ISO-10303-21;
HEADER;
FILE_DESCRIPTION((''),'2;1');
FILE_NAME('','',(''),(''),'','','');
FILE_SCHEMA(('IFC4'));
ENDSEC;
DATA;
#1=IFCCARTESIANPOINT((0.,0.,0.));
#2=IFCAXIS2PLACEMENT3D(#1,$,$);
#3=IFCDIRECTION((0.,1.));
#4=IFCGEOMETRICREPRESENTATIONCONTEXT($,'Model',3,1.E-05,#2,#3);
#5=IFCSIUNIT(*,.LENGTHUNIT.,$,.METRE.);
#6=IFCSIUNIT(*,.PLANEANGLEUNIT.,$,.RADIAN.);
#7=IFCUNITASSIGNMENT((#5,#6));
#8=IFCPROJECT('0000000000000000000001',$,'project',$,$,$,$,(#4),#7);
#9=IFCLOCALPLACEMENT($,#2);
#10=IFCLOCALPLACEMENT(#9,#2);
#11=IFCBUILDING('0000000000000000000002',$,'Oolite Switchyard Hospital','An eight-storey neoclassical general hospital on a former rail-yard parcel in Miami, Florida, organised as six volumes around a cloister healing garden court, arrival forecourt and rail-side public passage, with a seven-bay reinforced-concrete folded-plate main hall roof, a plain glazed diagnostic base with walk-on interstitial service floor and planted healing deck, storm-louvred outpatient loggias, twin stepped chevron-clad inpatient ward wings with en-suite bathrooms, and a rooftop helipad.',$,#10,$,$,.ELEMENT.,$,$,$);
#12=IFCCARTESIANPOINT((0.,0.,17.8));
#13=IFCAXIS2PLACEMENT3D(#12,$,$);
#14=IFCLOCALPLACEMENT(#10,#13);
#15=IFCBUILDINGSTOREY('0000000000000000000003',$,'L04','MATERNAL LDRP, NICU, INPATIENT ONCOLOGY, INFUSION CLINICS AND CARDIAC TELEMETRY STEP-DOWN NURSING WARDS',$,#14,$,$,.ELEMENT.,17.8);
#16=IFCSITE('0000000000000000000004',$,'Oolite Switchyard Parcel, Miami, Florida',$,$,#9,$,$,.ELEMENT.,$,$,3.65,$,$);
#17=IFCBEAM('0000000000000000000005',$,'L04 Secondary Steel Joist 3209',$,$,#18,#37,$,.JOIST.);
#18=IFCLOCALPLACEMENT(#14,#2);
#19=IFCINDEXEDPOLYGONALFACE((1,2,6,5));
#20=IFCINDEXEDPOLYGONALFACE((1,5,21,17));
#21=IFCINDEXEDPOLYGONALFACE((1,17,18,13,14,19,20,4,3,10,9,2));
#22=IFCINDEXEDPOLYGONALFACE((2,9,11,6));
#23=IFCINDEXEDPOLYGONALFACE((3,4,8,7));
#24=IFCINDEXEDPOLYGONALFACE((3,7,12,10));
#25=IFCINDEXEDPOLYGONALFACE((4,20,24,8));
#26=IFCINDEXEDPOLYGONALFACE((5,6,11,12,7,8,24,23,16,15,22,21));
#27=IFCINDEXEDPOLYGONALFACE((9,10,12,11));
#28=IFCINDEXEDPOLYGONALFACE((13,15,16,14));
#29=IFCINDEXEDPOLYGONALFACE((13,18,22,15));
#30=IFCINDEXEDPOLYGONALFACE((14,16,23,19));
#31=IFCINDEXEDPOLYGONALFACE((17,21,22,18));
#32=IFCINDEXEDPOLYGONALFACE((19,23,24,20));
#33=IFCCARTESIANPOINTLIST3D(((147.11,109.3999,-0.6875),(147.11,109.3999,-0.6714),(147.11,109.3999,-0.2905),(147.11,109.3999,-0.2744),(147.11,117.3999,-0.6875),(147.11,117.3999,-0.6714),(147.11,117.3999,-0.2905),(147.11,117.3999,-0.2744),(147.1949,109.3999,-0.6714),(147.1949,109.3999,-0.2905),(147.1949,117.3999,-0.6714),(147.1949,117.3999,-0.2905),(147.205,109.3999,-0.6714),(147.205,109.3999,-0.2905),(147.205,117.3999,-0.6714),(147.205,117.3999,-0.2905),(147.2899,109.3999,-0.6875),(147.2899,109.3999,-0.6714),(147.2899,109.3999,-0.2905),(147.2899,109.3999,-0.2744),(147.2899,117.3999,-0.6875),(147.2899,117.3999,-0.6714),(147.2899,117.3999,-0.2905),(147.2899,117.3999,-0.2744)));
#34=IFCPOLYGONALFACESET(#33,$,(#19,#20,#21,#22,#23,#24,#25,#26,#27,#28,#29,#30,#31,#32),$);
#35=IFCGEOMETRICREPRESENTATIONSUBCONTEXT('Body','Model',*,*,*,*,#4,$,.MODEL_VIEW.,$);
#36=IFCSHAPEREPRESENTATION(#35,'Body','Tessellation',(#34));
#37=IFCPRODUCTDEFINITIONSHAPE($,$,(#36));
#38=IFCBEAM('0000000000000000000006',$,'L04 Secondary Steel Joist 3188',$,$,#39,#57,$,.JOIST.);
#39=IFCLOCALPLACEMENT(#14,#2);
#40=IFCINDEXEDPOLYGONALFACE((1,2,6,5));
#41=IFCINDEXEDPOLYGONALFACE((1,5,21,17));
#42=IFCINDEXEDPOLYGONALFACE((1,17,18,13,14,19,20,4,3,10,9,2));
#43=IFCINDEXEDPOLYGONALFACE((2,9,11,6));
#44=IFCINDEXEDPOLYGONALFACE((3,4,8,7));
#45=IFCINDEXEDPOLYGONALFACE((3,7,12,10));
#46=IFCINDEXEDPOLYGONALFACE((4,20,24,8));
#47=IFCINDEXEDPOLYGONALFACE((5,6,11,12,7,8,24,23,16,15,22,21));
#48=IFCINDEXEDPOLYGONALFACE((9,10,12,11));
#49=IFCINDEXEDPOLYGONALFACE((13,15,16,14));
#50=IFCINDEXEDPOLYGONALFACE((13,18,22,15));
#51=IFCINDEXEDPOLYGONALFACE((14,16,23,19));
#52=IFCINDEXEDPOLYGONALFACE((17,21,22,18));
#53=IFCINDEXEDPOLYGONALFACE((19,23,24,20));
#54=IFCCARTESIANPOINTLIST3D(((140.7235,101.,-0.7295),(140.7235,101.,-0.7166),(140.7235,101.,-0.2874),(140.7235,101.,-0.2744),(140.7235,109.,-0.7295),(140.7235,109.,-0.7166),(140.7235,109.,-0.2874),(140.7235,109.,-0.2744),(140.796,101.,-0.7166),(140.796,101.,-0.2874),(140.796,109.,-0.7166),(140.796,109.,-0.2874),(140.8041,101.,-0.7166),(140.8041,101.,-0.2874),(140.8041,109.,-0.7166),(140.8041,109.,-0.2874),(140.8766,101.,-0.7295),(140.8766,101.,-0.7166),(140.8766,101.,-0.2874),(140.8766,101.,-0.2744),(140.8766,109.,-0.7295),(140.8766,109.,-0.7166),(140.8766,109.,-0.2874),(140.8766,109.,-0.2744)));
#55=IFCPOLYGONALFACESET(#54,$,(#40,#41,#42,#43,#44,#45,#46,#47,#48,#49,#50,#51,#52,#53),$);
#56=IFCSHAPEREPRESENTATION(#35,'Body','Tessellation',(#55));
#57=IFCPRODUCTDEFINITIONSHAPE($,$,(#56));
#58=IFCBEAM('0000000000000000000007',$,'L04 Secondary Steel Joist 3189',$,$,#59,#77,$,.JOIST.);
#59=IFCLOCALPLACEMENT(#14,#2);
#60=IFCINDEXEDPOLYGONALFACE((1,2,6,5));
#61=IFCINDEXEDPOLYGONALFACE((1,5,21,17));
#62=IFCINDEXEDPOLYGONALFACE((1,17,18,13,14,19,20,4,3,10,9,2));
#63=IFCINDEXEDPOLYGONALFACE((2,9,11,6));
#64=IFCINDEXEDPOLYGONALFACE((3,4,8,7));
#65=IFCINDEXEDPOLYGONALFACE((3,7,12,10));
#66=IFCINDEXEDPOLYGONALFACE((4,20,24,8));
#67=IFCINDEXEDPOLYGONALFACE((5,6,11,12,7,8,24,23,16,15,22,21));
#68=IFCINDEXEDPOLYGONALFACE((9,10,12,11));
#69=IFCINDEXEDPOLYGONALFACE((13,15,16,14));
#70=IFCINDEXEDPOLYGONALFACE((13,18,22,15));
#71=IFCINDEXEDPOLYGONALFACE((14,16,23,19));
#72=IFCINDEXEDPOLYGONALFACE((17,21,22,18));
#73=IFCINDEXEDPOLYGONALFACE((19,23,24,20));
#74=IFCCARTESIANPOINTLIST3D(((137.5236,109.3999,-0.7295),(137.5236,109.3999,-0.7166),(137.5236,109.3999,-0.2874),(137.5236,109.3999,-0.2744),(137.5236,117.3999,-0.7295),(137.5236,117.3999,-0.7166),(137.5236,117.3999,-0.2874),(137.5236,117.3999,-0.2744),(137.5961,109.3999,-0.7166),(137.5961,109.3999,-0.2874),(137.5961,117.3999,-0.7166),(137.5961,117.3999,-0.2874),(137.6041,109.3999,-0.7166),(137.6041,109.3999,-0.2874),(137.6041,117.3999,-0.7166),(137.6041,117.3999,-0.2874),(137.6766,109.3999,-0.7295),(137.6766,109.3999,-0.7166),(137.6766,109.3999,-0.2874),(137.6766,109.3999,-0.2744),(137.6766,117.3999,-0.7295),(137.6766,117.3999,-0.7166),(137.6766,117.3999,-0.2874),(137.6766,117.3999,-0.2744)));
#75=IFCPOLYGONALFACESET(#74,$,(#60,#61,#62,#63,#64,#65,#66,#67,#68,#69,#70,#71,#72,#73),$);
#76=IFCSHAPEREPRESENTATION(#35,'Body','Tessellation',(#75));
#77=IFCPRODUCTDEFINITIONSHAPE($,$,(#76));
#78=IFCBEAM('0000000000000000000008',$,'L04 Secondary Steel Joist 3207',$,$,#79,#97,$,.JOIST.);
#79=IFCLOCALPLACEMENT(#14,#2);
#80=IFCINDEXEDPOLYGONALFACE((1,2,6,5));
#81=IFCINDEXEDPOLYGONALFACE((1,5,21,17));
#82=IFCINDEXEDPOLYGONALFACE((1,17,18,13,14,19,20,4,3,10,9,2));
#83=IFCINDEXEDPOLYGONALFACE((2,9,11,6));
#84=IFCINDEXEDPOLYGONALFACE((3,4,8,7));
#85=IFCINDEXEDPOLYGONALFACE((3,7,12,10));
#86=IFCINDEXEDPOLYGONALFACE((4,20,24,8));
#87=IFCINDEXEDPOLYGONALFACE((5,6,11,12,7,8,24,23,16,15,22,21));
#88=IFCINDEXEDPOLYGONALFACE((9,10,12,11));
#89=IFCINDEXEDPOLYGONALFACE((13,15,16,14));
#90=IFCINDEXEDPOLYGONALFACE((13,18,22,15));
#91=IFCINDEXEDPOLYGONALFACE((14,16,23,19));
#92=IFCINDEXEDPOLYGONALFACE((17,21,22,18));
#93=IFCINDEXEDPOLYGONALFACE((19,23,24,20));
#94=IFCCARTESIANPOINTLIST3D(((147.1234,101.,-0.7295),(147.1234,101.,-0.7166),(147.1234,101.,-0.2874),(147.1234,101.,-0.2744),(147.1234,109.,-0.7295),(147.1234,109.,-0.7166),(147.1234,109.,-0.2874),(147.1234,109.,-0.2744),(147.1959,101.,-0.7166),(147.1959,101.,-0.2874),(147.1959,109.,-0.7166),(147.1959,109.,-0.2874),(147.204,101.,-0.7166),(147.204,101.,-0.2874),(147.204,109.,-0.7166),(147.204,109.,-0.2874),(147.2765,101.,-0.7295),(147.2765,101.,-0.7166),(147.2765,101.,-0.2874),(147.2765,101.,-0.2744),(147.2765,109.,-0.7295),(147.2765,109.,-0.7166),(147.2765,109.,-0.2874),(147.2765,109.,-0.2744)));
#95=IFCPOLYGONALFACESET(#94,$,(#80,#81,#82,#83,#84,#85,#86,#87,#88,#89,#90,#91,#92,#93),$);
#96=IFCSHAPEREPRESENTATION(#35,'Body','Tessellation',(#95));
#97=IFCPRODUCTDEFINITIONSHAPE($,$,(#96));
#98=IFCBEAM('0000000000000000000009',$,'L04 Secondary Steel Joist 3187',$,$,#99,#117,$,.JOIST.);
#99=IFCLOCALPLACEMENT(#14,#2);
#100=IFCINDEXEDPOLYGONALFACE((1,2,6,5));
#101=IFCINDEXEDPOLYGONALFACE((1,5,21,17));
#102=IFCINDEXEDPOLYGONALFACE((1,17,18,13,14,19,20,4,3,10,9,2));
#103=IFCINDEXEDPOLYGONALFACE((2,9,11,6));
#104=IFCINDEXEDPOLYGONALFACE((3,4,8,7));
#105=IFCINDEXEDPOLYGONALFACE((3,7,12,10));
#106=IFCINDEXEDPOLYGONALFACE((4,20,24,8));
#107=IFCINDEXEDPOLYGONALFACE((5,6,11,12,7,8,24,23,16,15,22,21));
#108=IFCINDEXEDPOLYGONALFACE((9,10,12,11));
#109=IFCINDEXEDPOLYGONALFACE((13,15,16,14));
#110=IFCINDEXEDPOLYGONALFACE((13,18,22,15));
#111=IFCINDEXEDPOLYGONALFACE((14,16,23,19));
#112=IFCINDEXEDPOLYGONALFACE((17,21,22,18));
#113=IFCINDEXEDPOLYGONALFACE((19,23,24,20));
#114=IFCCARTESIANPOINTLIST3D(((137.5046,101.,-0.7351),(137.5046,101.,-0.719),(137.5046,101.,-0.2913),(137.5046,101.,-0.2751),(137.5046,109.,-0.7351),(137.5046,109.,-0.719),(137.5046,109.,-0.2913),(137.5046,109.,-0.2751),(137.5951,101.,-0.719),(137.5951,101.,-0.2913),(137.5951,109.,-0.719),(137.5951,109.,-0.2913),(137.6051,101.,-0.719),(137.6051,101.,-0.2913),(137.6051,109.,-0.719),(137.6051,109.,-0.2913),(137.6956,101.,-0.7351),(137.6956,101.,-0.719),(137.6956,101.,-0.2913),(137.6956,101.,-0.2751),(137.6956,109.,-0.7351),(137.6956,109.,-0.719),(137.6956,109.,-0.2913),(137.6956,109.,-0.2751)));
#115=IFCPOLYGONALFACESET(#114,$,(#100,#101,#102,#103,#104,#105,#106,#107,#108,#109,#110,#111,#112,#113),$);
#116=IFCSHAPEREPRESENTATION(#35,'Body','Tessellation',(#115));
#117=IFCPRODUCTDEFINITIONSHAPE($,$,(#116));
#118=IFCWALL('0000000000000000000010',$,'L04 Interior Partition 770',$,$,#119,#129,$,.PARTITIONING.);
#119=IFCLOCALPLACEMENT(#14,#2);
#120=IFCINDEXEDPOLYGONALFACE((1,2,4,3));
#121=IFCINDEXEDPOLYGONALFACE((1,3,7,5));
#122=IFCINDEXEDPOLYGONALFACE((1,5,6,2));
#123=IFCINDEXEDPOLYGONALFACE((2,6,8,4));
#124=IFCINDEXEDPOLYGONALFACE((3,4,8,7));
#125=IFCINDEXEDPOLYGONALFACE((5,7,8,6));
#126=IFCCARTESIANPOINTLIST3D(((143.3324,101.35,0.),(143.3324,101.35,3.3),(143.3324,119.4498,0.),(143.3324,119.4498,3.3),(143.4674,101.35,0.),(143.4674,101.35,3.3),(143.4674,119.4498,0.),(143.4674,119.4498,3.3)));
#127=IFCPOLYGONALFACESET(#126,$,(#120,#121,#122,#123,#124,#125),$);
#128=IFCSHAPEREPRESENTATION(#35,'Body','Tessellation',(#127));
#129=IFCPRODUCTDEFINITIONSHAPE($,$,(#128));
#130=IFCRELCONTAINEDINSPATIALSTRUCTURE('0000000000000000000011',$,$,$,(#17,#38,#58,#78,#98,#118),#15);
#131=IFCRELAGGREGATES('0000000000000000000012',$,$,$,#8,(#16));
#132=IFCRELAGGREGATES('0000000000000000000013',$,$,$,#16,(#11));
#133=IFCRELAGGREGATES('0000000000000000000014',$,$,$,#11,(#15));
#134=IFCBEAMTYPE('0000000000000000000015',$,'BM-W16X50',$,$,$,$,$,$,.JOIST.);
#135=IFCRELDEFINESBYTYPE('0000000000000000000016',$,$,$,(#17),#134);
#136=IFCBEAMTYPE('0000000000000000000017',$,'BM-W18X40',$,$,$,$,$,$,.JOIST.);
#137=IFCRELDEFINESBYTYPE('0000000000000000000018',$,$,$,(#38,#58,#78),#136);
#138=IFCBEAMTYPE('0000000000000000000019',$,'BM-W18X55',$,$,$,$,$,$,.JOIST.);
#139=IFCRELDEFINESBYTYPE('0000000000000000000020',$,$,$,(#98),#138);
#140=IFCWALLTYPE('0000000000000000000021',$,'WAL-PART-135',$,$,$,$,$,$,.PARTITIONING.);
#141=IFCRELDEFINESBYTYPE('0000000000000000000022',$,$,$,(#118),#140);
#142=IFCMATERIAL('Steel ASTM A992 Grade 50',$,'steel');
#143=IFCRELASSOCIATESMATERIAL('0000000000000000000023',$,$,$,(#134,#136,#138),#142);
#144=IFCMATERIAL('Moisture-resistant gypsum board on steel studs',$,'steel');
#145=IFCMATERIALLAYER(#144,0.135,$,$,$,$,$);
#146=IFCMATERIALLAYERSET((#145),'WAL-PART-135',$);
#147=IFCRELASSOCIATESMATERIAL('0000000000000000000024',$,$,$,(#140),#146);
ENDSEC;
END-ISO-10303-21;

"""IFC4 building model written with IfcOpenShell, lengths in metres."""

from ifc_helpers import new_model, si_unit, direction, frame, frame_2d, origin, origin_2d, place, context, subcontext, project, spatial, rectangle, i_section, extrude, material, layer, layer_set, material_profile, profile_set, type_object, element, save


model = new_model("IFC4")

# Units and contexts
model_context = context("Model", 3, precision=1e-05, world=origin(), true_north=direction((0.0, 1.0)))
body_context = subcontext(model_context, "Body", "Model", "MODEL_VIEW")
ifc_project = project(units=[si_unit("LENGTHUNIT", "METRE"), si_unit("PLANEANGLEUNIT", "RADIAN")], contexts=[model_context])

# Site, building, storey
site_placement = place(None, origin())
site = spatial("IfcSite", under=ifc_project, at=site_placement, Name="Oolite Switchyard Parcel, Miami, Florida", CompositionType="ELEMENT", RefElevation=3.65)
building_placement = place(site_placement, origin())
building = spatial("IfcBuilding", under=site, at=building_placement, Name="Oolite Switchyard Hospital", Description="An eight-storey neoclassical general hospital on a former rail-yard parcel in Miami, Florida, organised as six volumes around a cloister healing garden court, arrival forecourt and rail-side public passage, with a seven-bay reinforced-concrete folded-plate main hall roof, a plain glazed diagnostic base with walk-on interstitial service floor and planted healing deck, storm-louvred outpatient loggias, twin stepped chevron-clad inpatient ward wings with en-suite bathrooms, and a rooftop helipad.", CompositionType="ELEMENT")
storey_placement = place(building_placement, frame((0.0, 0.0, 17.8)))
storey = spatial("IfcBuildingStorey", under=building, at=storey_placement, Name="L04", Description="MATERNAL LDRP, NICU, INPATIENT ONCOLOGY, INFUSION CLINICS AND CARDIAC TELEMETRY STEP-DOWN NURSING WARDS", CompositionType="ELEMENT", Elevation=17.8)

# Beams
ifc_material_1 = material(Name="Steel ASTM A992 Grade 50", Category="steel")
ifc_material_profile_1 = material_profile(ifc_material_1, i_section(OverallWidth=0.1799, OverallDepth=0.4131, WebThickness=0.01, FlangeThickness=0.0161, at=origin_2d()), Name="W16X50")
ifc_profile_set_1 = profile_set([ifc_material_profile_1], Name="Steel ASTM A992 Grade 50")
beam_type_1 = type_object("IfcBeamType", Name="BM-W16X50", PredefinedType="JOIST", material=ifc_profile_set_1)
for number, where, z_axis, x_axis, name in (
    (1, (147.2, 109.3999, -0.481), (0.0, 1.0, 0.0), (-1.0, 0.0, 0.0), "L04 Secondary Steel Joist 3209"),
):
    element("IfcBeam", number, at=place(storey_placement, frame(where, z_axis=z_axis, x_axis=x_axis)), inside=storey, type_object=beam_type_1, Name=name, PredefinedType="JOIST", context=body_context, shape_type="SweptSolid", body=[
        extrude(i_section(OverallWidth=0.1799, OverallDepth=0.4131, WebThickness=0.01, FlangeThickness=0.0161, at=origin_2d()), origin(), (0.0, 0.0, 1.0), 8.0),
    ])
ifc_material_profile_2 = material_profile(ifc_material_1, i_section(OverallWidth=0.1531, OverallDepth=0.4551, WebThickness=0.0081, FlangeThickness=0.0129, at=origin_2d()), Name="W18X40")
ifc_profile_set_2 = profile_set([ifc_material_profile_2], Name="Steel ASTM A992 Grade 50")
beam_type_2 = type_object("IfcBeamType", Name="BM-W18X40", PredefinedType="JOIST", material=ifc_profile_set_2)
for number, where, z_axis, x_axis, name in (
    (2, (140.8, 101.0, -0.502), (0.0, 1.0, 0.0), (-1.0, 0.0, 0.0), "L04 Secondary Steel Joist 3188"),
    (3, (137.6001, 109.3999, -0.502), (0.0, 1.0, 0.0), (-1.0, 0.0, 0.0), "L04 Secondary Steel Joist 3189"),
    (4, (147.2, 101.0, -0.502), (0.0, 1.0, 0.0), (-1.0, 0.0, 0.0), "L04 Secondary Steel Joist 3207"),
):
    element("IfcBeam", number, at=place(storey_placement, frame(where, z_axis=z_axis, x_axis=x_axis)), inside=storey, type_object=beam_type_2, Name=name, PredefinedType="JOIST", context=body_context, shape_type="SweptSolid", body=[
        extrude(i_section(OverallWidth=0.1531, OverallDepth=0.4551, WebThickness=0.0081, FlangeThickness=0.0129, at=origin_2d()), origin(), (0.0, 0.0, 1.0), 8.0),
    ])
ifc_material_profile_3 = material_profile(ifc_material_1, i_section(OverallWidth=0.1909, OverallDepth=0.46, WebThickness=0.01, FlangeThickness=0.0161, at=origin_2d()), Name="W18X55")
ifc_profile_set_3 = profile_set([ifc_material_profile_3], Name="Steel ASTM A992 Grade 50")
beam_type_3 = type_object("IfcBeamType", Name="BM-W18X55", PredefinedType="JOIST", material=ifc_profile_set_3)
beam_1_placement = place(storey_placement, frame((137.6001, 101.0, -0.5051), z_axis=(0.0, 1.0, 0.0), x_axis=(-1.0, 0.0, 0.0)))
element("IfcBeam", 5, at=beam_1_placement, inside=storey, type_object=beam_type_3, Name="L04 Secondary Steel Joist 3187", PredefinedType="JOIST", context=body_context, shape_type="SweptSolid", body=[
    extrude(i_section(OverallWidth=0.1909, OverallDepth=0.46, WebThickness=0.01, FlangeThickness=0.0161, at=origin_2d()), origin(), (0.0, 0.0, 1.0), 8.0),
])

# Wall
ifc_material_2 = material(Name="Moisture-resistant gypsum board on steel studs", Category="steel")
ifc_layer = layer(ifc_material_2, 0.135)
ifc_layer_set = layer_set([ifc_layer], Name="WAL-PART-135")
wall_type = type_object("IfcWallType", Name="WAL-PART-135", PredefinedType="PARTITIONING", material=ifc_layer_set)
wall_placement = place(storey_placement, frame((143.3999, 101.3501, 0.0), z_axis=(0.0, 0.0, 1.0), x_axis=(0.0, 1.0, 0.0)))
element("IfcWall", 6, at=wall_placement, inside=storey, type_object=wall_type, Name="L04 Interior Partition 770", PredefinedType="PARTITIONING", context=body_context, shape_type="SweptSolid", body=[
    extrude(rectangle(XDim=18.0999, YDim=0.135, at=frame_2d((9.0498, 0.0))), origin(), (0.0, 0.0, 1.0), 3.3),
])

save(model, "model.ifc")
